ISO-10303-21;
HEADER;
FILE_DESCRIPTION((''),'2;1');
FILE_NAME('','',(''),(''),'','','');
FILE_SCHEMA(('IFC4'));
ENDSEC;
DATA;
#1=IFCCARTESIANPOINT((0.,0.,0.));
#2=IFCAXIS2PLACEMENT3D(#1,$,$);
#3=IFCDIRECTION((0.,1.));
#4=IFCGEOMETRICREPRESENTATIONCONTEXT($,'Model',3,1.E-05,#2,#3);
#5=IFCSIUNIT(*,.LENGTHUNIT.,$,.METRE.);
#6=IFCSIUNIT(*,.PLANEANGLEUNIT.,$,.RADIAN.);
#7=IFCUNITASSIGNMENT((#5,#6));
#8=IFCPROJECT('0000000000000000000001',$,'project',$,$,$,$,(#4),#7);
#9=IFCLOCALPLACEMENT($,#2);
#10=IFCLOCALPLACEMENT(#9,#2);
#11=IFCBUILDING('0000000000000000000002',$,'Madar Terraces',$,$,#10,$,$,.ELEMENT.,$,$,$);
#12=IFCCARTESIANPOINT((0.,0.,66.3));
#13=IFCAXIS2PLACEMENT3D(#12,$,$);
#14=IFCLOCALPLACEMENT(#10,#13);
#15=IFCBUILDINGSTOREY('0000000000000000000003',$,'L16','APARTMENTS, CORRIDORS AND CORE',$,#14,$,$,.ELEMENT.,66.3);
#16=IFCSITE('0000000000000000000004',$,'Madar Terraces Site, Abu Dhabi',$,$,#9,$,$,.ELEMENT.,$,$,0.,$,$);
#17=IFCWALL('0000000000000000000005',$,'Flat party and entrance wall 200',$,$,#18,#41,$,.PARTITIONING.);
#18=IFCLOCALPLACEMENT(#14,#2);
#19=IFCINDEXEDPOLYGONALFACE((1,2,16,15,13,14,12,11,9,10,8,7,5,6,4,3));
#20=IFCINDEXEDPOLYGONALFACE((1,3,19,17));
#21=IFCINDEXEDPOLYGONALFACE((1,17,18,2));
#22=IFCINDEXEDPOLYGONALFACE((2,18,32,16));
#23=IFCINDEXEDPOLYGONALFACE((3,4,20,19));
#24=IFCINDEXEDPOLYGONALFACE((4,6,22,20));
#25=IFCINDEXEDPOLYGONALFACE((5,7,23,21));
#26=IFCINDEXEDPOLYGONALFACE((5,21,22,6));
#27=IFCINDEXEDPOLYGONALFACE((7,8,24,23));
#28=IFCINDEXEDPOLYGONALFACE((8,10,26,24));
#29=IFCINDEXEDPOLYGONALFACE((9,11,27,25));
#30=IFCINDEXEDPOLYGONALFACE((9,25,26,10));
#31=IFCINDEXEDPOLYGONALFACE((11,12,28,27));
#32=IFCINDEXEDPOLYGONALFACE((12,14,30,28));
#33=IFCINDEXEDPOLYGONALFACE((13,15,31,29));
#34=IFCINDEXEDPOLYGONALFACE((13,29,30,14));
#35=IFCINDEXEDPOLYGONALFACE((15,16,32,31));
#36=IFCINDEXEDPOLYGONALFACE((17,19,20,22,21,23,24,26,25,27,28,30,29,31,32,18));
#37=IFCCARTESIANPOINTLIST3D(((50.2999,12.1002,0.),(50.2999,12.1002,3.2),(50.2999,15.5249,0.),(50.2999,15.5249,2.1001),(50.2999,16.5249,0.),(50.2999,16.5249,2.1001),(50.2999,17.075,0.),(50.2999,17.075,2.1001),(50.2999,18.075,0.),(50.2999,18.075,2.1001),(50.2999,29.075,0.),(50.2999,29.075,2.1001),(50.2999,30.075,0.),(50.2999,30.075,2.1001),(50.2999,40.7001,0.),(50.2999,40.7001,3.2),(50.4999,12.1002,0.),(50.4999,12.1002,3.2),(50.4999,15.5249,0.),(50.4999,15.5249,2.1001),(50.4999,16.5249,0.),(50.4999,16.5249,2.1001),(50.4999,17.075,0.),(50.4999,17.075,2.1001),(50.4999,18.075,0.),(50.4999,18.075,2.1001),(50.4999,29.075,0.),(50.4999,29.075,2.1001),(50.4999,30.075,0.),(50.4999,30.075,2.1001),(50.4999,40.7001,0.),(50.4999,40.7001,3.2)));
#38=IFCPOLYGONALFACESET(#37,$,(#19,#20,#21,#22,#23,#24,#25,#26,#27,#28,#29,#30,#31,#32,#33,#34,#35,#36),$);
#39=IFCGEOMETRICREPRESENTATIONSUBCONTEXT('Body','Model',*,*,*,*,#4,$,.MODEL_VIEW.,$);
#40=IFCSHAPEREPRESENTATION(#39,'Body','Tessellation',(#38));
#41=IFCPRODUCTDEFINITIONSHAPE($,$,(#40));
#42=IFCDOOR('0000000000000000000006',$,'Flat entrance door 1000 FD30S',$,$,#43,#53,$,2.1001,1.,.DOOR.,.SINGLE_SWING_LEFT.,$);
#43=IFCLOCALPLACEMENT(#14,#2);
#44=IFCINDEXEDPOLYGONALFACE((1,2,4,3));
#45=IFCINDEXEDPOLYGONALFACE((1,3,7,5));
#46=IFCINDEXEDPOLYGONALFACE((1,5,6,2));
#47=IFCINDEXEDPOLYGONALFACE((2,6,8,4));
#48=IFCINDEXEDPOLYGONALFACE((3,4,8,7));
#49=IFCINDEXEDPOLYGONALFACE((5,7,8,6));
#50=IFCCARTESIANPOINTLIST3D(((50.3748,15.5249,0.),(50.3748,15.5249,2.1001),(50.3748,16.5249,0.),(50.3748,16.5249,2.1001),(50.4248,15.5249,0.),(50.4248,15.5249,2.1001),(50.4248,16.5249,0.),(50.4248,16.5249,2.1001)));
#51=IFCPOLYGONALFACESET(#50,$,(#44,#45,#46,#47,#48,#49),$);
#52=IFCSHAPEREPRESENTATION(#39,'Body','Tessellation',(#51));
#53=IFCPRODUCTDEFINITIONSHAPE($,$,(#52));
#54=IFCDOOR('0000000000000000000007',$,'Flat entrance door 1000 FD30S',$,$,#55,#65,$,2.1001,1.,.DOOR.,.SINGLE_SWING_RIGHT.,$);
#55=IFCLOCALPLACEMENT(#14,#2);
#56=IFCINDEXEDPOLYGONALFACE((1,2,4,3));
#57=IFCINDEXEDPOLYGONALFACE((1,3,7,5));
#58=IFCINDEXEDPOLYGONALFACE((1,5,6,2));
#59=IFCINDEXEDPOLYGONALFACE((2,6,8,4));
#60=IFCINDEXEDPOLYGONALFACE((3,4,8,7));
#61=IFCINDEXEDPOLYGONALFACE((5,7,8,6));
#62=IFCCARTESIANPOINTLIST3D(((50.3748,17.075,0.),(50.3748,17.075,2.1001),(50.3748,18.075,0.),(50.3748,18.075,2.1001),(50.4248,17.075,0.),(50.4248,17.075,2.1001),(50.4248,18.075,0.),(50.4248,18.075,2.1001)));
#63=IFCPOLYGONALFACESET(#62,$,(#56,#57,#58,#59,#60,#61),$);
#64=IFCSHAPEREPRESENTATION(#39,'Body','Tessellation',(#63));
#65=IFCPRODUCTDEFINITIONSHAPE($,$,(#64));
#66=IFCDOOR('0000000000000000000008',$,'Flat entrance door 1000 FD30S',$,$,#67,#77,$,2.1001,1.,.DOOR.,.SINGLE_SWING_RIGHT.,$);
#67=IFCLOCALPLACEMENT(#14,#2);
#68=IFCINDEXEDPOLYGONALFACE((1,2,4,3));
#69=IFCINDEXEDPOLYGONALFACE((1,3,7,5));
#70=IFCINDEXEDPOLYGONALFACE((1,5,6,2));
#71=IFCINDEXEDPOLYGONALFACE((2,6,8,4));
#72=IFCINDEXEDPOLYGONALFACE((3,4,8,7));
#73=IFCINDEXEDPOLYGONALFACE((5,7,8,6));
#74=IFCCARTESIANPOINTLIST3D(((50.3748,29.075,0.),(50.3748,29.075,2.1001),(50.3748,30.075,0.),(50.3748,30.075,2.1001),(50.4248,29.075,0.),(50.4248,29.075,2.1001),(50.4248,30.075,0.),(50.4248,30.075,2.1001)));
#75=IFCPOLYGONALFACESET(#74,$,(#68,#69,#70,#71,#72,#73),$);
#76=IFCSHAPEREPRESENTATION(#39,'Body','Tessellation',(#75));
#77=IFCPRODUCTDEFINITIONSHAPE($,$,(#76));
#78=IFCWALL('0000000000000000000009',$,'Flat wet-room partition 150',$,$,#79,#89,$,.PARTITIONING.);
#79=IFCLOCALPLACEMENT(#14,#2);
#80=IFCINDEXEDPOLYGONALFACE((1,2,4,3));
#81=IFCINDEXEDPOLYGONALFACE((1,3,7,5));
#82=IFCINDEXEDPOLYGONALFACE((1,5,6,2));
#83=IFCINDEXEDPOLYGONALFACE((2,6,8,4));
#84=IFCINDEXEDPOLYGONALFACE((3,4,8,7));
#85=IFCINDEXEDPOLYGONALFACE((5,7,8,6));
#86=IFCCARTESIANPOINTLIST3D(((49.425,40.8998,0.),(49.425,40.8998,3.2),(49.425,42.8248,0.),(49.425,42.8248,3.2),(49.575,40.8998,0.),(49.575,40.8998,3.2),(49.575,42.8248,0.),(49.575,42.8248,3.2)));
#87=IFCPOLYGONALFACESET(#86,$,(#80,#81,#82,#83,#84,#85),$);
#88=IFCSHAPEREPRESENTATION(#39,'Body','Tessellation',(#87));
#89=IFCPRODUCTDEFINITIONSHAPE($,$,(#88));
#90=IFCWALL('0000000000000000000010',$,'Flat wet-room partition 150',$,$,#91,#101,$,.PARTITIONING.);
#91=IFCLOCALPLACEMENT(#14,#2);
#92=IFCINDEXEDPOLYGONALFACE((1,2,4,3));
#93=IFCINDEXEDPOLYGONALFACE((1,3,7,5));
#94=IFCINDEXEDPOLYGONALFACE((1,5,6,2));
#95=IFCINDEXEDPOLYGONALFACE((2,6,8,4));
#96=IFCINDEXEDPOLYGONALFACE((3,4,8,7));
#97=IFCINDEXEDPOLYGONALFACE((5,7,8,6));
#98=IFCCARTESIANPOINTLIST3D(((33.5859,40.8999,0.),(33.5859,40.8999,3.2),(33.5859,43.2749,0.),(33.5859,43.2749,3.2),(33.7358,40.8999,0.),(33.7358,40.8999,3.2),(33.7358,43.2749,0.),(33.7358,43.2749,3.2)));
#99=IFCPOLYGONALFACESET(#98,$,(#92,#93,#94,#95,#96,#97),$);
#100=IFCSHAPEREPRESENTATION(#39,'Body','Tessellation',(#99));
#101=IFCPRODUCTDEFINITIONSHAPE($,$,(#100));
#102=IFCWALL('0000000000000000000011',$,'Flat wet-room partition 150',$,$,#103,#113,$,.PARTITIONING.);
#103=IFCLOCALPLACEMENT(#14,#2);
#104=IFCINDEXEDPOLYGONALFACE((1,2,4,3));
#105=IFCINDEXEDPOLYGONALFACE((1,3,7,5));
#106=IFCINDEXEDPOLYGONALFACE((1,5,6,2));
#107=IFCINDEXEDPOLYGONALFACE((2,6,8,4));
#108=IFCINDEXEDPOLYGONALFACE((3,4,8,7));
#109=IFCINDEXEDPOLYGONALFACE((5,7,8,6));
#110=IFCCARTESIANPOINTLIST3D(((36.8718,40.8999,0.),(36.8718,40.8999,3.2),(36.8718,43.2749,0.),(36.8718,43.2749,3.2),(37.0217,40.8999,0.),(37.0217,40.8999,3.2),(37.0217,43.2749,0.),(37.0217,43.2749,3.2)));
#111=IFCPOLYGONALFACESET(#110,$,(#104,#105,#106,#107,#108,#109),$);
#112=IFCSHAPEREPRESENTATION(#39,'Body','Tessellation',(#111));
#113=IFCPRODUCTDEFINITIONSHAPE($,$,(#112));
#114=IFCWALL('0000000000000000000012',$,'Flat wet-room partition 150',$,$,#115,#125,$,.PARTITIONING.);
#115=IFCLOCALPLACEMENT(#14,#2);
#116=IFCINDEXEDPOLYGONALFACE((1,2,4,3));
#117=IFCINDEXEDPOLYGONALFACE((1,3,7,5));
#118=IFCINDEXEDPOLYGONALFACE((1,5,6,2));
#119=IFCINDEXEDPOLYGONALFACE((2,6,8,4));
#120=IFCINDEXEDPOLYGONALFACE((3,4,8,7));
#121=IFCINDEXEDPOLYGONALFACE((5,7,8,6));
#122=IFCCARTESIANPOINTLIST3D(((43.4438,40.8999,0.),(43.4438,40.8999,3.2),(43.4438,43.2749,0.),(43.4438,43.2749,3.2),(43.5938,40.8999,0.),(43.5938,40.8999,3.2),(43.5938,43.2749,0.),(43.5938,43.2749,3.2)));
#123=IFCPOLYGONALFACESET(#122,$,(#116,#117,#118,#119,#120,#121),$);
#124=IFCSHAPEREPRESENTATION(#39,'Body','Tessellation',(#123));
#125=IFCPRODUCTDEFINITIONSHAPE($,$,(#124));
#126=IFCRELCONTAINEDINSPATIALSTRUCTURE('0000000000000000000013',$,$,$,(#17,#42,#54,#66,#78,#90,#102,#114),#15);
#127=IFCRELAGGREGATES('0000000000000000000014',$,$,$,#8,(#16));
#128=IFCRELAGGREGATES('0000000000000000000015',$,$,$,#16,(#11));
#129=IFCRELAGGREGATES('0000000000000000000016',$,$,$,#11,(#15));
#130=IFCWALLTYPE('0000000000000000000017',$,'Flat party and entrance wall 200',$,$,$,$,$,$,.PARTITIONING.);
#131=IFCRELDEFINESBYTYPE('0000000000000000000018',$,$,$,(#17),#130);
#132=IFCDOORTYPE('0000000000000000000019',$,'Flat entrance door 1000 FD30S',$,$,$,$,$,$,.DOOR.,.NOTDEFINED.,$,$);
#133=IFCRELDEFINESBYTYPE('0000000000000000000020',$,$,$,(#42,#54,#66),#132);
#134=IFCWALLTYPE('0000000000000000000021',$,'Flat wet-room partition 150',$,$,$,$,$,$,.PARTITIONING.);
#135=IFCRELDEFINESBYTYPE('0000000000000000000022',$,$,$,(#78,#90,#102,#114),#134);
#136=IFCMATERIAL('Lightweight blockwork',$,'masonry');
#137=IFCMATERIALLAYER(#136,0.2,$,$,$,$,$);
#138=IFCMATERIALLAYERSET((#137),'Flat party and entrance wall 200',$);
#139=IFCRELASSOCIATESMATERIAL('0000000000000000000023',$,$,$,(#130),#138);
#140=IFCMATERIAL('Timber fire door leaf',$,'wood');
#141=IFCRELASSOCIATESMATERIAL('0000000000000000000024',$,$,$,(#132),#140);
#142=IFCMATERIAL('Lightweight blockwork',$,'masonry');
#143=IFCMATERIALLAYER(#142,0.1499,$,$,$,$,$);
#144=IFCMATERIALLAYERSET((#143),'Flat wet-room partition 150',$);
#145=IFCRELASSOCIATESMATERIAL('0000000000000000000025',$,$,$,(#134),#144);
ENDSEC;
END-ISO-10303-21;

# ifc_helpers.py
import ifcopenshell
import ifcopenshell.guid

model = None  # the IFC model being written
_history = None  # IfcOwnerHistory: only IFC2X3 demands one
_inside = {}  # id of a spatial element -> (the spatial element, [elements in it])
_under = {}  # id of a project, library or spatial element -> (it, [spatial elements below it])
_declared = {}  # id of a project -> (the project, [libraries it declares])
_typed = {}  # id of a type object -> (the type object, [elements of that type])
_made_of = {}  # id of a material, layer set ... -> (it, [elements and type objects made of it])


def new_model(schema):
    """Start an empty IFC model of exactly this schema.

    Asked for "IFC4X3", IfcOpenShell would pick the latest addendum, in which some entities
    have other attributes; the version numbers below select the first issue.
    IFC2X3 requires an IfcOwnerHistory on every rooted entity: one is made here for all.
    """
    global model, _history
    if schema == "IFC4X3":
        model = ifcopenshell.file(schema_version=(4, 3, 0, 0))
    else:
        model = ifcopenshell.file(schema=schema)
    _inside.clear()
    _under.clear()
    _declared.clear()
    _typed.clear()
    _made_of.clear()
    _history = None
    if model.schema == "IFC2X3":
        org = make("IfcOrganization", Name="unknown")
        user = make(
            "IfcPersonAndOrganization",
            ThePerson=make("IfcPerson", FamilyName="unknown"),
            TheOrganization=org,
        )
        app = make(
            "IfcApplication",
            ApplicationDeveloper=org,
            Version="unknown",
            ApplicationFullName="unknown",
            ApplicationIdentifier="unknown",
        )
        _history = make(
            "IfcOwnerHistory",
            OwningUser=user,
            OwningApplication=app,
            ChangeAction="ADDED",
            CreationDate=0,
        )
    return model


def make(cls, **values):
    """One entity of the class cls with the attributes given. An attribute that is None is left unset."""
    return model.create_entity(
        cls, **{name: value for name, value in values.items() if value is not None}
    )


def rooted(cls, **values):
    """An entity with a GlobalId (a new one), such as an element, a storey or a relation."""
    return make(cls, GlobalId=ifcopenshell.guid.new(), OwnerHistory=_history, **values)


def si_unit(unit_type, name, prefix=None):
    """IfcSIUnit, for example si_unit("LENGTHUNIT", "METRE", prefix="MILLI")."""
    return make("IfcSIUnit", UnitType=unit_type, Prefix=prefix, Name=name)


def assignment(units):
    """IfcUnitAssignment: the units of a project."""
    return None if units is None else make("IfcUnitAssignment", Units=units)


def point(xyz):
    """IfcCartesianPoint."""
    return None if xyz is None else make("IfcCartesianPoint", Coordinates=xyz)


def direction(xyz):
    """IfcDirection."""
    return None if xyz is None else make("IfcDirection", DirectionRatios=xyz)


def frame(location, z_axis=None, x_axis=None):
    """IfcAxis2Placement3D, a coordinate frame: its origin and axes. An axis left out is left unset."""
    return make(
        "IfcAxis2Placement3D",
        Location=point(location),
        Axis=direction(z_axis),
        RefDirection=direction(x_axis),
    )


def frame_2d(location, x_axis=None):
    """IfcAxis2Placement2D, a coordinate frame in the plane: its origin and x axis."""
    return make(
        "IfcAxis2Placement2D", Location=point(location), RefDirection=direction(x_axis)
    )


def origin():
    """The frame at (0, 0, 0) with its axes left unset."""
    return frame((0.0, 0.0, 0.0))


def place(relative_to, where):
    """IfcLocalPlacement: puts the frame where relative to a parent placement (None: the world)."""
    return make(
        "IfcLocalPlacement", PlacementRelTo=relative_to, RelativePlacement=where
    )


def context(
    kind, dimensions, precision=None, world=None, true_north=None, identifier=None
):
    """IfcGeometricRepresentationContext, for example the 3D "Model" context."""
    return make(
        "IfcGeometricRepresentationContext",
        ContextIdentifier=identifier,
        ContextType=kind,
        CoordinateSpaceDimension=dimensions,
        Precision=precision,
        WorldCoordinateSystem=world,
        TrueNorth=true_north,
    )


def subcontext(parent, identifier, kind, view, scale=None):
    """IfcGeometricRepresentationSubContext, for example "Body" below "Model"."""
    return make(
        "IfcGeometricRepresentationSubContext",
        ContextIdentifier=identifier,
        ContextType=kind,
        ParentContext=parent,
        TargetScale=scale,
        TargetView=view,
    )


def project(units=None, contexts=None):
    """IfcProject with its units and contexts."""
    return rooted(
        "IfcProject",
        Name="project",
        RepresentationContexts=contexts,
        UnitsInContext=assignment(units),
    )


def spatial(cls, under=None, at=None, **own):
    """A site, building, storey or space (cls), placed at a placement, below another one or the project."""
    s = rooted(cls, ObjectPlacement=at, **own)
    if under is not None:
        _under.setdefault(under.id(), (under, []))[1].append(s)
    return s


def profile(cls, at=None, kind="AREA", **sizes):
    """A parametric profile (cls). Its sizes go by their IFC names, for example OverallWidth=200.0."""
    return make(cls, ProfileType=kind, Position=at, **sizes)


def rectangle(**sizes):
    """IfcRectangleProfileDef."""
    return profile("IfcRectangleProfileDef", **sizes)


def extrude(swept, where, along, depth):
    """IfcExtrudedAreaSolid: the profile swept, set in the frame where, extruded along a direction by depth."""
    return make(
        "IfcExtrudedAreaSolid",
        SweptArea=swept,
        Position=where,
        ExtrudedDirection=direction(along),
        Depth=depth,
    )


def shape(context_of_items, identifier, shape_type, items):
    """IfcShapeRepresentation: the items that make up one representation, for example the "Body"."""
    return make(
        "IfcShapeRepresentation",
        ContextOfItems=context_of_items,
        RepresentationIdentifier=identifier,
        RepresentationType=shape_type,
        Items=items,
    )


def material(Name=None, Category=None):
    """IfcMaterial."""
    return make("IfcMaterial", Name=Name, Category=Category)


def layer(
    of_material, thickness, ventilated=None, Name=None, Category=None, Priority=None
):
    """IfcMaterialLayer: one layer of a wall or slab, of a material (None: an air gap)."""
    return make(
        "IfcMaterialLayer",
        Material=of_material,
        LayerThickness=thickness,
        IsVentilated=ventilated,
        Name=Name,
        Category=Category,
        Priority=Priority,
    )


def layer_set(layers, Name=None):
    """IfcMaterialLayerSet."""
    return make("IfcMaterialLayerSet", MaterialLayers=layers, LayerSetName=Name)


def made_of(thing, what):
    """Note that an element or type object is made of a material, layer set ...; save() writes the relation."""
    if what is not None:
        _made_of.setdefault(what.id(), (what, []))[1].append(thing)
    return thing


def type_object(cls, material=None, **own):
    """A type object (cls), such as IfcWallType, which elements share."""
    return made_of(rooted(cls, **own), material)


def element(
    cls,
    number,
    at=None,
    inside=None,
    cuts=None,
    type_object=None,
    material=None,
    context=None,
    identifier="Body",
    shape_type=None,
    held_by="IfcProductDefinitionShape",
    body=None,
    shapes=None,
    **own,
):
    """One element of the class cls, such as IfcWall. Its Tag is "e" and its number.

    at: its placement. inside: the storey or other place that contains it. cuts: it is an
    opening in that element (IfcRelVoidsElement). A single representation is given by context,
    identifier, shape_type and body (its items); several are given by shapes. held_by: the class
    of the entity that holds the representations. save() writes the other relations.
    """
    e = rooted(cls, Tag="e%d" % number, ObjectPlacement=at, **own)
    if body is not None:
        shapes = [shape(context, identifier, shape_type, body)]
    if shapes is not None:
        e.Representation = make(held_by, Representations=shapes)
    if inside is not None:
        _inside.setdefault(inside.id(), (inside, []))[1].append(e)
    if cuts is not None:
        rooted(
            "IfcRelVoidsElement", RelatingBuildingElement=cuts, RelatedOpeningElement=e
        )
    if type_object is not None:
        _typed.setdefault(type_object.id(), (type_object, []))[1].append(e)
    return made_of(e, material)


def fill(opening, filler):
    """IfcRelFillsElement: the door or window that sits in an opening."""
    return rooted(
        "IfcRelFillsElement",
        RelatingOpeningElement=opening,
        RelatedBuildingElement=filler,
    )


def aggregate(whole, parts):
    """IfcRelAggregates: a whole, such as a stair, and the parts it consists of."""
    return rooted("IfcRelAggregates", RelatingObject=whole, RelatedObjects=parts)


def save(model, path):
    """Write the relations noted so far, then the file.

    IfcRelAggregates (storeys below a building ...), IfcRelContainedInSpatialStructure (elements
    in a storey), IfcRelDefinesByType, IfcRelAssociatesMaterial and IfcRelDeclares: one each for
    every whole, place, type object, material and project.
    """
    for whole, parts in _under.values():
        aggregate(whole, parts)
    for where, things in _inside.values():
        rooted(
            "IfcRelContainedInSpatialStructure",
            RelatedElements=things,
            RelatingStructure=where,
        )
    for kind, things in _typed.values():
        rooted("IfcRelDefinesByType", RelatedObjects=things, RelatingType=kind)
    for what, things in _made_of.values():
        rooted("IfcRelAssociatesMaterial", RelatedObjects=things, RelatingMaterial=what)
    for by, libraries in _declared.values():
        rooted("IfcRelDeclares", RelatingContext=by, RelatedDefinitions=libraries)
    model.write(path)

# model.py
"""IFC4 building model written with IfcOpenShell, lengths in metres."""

from ifc_helpers import new_model, si_unit, direction, frame, frame_2d, origin, place, context, subcontext, project, spatial, rectangle, extrude, material, layer, layer_set, type_object, element, fill, save


model = new_model("IFC4")

# Units and contexts
model_context = context("Model", 3, precision=1e-05, world=origin(), true_north=direction((0.0, 1.0)))
body_context = subcontext(model_context, "Body", "Model", "MODEL_VIEW")
ifc_project = project(units=[si_unit("LENGTHUNIT", "METRE"), si_unit("PLANEANGLEUNIT", "RADIAN")], contexts=[model_context])

# Site, building, storey
site_placement = place(None, origin())
site = spatial("IfcSite", under=ifc_project, at=site_placement, Name="Madar Terraces Site, Abu Dhabi", CompositionType="ELEMENT", RefElevation=0.0)
building_placement = place(site_placement, origin())
building = spatial("IfcBuilding", under=site, at=building_placement, Name="Madar Terraces", CompositionType="ELEMENT")
storey_placement = place(building_placement, frame((0.0, 0.0, 66.3)))
storey = spatial("IfcBuildingStorey", under=building, at=storey_placement, Name="L16", Description="APARTMENTS, CORRIDORS AND CORE", CompositionType="ELEMENT", Elevation=66.3)

# Wall, openings, doors
ifc_material_1 = material(Name="Lightweight blockwork", Category="masonry")
ifc_layer_1 = layer(ifc_material_1, 0.2)
ifc_layer_set_1 = layer_set([ifc_layer_1], Name="Flat party and entrance wall 200")
wall_type_1 = type_object("IfcWallType", Name="Flat party and entrance wall 200", PredefinedType="PARTITIONING", material=ifc_layer_set_1)
wall_1_placement = place(storey_placement, frame((50.3999, 40.7, 0.0), z_axis=(0.0, 0.0, 1.0), x_axis=(0.0, -1.0, 0.0)))
wall_1 = element("IfcWall", 1, at=wall_1_placement, inside=storey, type_object=wall_type_1, Name="Flat party and entrance wall 200", PredefinedType="PARTITIONING", context=body_context, shape_type="SweptSolid", body=[
    extrude(rectangle(XDim=28.5999, YDim=0.2, at=frame_2d((14.2998, 0.0))), origin(), (0.0, 0.0, 1.0), 3.2),
])
opening_1_placement = place(wall_1_placement, frame((24.175, 0.0, 0.0)))
opening_1 = element("IfcOpeningElement", 2, at=opening_1_placement, cuts=wall_1, PredefinedType="OPENING", context=body_context, shape_type="SweptSolid", body=[
    extrude(rectangle(XDim=1.0, YDim=2.1001, at=frame_2d((0.5, 1.05))), frame((0.0, 0.1099, 0.0), z_axis=(0.0, -1.0, 0.0), x_axis=(1.0, 0.0, 0.0)), (0.0, 0.0, 1.0), 0.22),
])
opening_2_placement = place(wall_1_placement, frame((22.625, 0.0, 0.0)))
opening_2 = element("IfcOpeningElement", 3, at=opening_2_placement, cuts=wall_1, PredefinedType="OPENING", context=body_context, shape_type="SweptSolid", body=[
    extrude(rectangle(XDim=1.0, YDim=2.1001, at=frame_2d((0.5, 1.05))), frame((0.0, 0.1099, 0.0), z_axis=(0.0, -1.0, 0.0), x_axis=(1.0, 0.0, 0.0)), (0.0, 0.0, 1.0), 0.22),
])
opening_3_placement = place(wall_1_placement, frame((10.625, 0.0, 0.0)))
opening_3 = element("IfcOpeningElement", 4, at=opening_3_placement, cuts=wall_1, PredefinedType="OPENING", context=body_context, shape_type="SweptSolid", body=[
    extrude(rectangle(XDim=1.0, YDim=2.1001, at=frame_2d((0.5, 1.05))), frame((0.0, 0.1099, 0.0), z_axis=(0.0, -1.0, 0.0), x_axis=(1.0, 0.0, 0.0)), (0.0, 0.0, 1.0), 0.22),
])
ifc_material_2 = material(Name="Timber fire door leaf", Category="wood")
door_type_1 = type_object("IfcDoorType", Name="Flat entrance door 1000 FD30S", OperationType="NOTDEFINED", PredefinedType="DOOR", material=ifc_material_2)
door_1_placement = place(opening_1_placement, origin())
door_1 = element("IfcDoor", 5, at=door_1_placement, inside=storey, type_object=door_type_1, Name="Flat entrance door 1000 FD30S", OperationType="SINGLE_SWING_LEFT", OverallHeight=2.1001, OverallWidth=1.0, PredefinedType="DOOR", context=body_context, shape_type="SweptSolid", body=[
    extrude(rectangle(XDim=1.0, YDim=2.1001, at=frame_2d((0.5, 1.05))), frame((0.0, 0.0249, 0.0), z_axis=(0.0, -1.0, 0.0), x_axis=(1.0, 0.0, 0.0)), (0.0, 0.0, 1.0), 0.05),
])
fill(opening_1, door_1)
door_2_placement = place(opening_2_placement, origin())
door_2 = element("IfcDoor", 6, at=door_2_placement, inside=storey, type_object=door_type_1, Name="Flat entrance door 1000 FD30S", OperationType="SINGLE_SWING_RIGHT", OverallHeight=2.1001, OverallWidth=1.0, PredefinedType="DOOR", context=body_context, shape_type="SweptSolid", body=[
    extrude(rectangle(XDim=1.0, YDim=2.1001, at=frame_2d((0.5, 1.05))), frame((0.0, 0.0249, 0.0), z_axis=(0.0, -1.0, 0.0), x_axis=(1.0, 0.0, 0.0)), (0.0, 0.0, 1.0), 0.05),
])
fill(opening_2, door_2)
door_3_placement = place(opening_3_placement, origin())
door_3 = element("IfcDoor", 7, at=door_3_placement, inside=storey, type_object=door_type_1, Name="Flat entrance door 1000 FD30S", OperationType="SINGLE_SWING_RIGHT", OverallHeight=2.1001, OverallWidth=1.0, PredefinedType="DOOR", context=body_context, shape_type="SweptSolid", body=[
    extrude(rectangle(XDim=1.0, YDim=2.1001, at=frame_2d((0.5, 1.05))), frame((0.0, 0.0249, 0.0), z_axis=(0.0, -1.0, 0.0), x_axis=(1.0, 0.0, 0.0)), (0.0, 0.0, 1.0), 0.05),
])
fill(opening_3, door_3)

# Walls
ifc_material_3 = material(Name="Lightweight blockwork", Category="masonry")
ifc_layer_2 = layer(ifc_material_3, 0.1499)
ifc_layer_set_2 = layer_set([ifc_layer_2], Name="Flat wet-room partition 150")
wall_type_2 = type_object("IfcWallType", Name="Flat wet-room partition 150", PredefinedType="PARTITIONING", material=ifc_layer_set_2)
wall_2_placement = place(storey_placement, frame((49.5, 40.8999, 0.0), z_axis=(0.0, 0.0, 1.0), x_axis=(0.0, 1.0, 0.0)))
element("IfcWall", 8, at=wall_2_placement, inside=storey, type_object=wall_type_2, Name="Flat wet-room partition 150", PredefinedType="PARTITIONING", context=body_context, shape_type="SweptSolid", body=[
    extrude(rectangle(XDim=1.925, YDim=0.1499, at=frame_2d((0.9624, 0.0))), origin(), (0.0, 0.0, 1.0), 3.2),
])
for number, where, z_axis, x_axis, name in (
    (9, (33.6609, 40.8999, 0.0), (0.0, 0.0, 1.0), (0.0, 1.0, 0.0), "Flat wet-room partition 150"),
    (10, (36.9468, 40.8999, 0.0), (0.0, 0.0, 1.0), (0.0, 1.0, 0.0), "Flat wet-room partition 150"),
    (11, (43.5188, 40.8999, 0.0), (0.0, 0.0, 1.0), (0.0, 1.0, 0.0), "Flat wet-room partition 150"),
):
    element("IfcWall", number, at=place(storey_placement, frame(where, z_axis=z_axis, x_axis=x_axis)), inside=storey, type_object=wall_type_2, Name=name, PredefinedType="PARTITIONING", context=body_context, shape_type="SweptSolid", body=[
        extrude(rectangle(XDim=2.375, YDim=0.1499, at=frame_2d((1.1875, 0.0))), origin(), (0.0, 0.0, 1.0), 3.2),
    ])

save(model, "model.ifc")
